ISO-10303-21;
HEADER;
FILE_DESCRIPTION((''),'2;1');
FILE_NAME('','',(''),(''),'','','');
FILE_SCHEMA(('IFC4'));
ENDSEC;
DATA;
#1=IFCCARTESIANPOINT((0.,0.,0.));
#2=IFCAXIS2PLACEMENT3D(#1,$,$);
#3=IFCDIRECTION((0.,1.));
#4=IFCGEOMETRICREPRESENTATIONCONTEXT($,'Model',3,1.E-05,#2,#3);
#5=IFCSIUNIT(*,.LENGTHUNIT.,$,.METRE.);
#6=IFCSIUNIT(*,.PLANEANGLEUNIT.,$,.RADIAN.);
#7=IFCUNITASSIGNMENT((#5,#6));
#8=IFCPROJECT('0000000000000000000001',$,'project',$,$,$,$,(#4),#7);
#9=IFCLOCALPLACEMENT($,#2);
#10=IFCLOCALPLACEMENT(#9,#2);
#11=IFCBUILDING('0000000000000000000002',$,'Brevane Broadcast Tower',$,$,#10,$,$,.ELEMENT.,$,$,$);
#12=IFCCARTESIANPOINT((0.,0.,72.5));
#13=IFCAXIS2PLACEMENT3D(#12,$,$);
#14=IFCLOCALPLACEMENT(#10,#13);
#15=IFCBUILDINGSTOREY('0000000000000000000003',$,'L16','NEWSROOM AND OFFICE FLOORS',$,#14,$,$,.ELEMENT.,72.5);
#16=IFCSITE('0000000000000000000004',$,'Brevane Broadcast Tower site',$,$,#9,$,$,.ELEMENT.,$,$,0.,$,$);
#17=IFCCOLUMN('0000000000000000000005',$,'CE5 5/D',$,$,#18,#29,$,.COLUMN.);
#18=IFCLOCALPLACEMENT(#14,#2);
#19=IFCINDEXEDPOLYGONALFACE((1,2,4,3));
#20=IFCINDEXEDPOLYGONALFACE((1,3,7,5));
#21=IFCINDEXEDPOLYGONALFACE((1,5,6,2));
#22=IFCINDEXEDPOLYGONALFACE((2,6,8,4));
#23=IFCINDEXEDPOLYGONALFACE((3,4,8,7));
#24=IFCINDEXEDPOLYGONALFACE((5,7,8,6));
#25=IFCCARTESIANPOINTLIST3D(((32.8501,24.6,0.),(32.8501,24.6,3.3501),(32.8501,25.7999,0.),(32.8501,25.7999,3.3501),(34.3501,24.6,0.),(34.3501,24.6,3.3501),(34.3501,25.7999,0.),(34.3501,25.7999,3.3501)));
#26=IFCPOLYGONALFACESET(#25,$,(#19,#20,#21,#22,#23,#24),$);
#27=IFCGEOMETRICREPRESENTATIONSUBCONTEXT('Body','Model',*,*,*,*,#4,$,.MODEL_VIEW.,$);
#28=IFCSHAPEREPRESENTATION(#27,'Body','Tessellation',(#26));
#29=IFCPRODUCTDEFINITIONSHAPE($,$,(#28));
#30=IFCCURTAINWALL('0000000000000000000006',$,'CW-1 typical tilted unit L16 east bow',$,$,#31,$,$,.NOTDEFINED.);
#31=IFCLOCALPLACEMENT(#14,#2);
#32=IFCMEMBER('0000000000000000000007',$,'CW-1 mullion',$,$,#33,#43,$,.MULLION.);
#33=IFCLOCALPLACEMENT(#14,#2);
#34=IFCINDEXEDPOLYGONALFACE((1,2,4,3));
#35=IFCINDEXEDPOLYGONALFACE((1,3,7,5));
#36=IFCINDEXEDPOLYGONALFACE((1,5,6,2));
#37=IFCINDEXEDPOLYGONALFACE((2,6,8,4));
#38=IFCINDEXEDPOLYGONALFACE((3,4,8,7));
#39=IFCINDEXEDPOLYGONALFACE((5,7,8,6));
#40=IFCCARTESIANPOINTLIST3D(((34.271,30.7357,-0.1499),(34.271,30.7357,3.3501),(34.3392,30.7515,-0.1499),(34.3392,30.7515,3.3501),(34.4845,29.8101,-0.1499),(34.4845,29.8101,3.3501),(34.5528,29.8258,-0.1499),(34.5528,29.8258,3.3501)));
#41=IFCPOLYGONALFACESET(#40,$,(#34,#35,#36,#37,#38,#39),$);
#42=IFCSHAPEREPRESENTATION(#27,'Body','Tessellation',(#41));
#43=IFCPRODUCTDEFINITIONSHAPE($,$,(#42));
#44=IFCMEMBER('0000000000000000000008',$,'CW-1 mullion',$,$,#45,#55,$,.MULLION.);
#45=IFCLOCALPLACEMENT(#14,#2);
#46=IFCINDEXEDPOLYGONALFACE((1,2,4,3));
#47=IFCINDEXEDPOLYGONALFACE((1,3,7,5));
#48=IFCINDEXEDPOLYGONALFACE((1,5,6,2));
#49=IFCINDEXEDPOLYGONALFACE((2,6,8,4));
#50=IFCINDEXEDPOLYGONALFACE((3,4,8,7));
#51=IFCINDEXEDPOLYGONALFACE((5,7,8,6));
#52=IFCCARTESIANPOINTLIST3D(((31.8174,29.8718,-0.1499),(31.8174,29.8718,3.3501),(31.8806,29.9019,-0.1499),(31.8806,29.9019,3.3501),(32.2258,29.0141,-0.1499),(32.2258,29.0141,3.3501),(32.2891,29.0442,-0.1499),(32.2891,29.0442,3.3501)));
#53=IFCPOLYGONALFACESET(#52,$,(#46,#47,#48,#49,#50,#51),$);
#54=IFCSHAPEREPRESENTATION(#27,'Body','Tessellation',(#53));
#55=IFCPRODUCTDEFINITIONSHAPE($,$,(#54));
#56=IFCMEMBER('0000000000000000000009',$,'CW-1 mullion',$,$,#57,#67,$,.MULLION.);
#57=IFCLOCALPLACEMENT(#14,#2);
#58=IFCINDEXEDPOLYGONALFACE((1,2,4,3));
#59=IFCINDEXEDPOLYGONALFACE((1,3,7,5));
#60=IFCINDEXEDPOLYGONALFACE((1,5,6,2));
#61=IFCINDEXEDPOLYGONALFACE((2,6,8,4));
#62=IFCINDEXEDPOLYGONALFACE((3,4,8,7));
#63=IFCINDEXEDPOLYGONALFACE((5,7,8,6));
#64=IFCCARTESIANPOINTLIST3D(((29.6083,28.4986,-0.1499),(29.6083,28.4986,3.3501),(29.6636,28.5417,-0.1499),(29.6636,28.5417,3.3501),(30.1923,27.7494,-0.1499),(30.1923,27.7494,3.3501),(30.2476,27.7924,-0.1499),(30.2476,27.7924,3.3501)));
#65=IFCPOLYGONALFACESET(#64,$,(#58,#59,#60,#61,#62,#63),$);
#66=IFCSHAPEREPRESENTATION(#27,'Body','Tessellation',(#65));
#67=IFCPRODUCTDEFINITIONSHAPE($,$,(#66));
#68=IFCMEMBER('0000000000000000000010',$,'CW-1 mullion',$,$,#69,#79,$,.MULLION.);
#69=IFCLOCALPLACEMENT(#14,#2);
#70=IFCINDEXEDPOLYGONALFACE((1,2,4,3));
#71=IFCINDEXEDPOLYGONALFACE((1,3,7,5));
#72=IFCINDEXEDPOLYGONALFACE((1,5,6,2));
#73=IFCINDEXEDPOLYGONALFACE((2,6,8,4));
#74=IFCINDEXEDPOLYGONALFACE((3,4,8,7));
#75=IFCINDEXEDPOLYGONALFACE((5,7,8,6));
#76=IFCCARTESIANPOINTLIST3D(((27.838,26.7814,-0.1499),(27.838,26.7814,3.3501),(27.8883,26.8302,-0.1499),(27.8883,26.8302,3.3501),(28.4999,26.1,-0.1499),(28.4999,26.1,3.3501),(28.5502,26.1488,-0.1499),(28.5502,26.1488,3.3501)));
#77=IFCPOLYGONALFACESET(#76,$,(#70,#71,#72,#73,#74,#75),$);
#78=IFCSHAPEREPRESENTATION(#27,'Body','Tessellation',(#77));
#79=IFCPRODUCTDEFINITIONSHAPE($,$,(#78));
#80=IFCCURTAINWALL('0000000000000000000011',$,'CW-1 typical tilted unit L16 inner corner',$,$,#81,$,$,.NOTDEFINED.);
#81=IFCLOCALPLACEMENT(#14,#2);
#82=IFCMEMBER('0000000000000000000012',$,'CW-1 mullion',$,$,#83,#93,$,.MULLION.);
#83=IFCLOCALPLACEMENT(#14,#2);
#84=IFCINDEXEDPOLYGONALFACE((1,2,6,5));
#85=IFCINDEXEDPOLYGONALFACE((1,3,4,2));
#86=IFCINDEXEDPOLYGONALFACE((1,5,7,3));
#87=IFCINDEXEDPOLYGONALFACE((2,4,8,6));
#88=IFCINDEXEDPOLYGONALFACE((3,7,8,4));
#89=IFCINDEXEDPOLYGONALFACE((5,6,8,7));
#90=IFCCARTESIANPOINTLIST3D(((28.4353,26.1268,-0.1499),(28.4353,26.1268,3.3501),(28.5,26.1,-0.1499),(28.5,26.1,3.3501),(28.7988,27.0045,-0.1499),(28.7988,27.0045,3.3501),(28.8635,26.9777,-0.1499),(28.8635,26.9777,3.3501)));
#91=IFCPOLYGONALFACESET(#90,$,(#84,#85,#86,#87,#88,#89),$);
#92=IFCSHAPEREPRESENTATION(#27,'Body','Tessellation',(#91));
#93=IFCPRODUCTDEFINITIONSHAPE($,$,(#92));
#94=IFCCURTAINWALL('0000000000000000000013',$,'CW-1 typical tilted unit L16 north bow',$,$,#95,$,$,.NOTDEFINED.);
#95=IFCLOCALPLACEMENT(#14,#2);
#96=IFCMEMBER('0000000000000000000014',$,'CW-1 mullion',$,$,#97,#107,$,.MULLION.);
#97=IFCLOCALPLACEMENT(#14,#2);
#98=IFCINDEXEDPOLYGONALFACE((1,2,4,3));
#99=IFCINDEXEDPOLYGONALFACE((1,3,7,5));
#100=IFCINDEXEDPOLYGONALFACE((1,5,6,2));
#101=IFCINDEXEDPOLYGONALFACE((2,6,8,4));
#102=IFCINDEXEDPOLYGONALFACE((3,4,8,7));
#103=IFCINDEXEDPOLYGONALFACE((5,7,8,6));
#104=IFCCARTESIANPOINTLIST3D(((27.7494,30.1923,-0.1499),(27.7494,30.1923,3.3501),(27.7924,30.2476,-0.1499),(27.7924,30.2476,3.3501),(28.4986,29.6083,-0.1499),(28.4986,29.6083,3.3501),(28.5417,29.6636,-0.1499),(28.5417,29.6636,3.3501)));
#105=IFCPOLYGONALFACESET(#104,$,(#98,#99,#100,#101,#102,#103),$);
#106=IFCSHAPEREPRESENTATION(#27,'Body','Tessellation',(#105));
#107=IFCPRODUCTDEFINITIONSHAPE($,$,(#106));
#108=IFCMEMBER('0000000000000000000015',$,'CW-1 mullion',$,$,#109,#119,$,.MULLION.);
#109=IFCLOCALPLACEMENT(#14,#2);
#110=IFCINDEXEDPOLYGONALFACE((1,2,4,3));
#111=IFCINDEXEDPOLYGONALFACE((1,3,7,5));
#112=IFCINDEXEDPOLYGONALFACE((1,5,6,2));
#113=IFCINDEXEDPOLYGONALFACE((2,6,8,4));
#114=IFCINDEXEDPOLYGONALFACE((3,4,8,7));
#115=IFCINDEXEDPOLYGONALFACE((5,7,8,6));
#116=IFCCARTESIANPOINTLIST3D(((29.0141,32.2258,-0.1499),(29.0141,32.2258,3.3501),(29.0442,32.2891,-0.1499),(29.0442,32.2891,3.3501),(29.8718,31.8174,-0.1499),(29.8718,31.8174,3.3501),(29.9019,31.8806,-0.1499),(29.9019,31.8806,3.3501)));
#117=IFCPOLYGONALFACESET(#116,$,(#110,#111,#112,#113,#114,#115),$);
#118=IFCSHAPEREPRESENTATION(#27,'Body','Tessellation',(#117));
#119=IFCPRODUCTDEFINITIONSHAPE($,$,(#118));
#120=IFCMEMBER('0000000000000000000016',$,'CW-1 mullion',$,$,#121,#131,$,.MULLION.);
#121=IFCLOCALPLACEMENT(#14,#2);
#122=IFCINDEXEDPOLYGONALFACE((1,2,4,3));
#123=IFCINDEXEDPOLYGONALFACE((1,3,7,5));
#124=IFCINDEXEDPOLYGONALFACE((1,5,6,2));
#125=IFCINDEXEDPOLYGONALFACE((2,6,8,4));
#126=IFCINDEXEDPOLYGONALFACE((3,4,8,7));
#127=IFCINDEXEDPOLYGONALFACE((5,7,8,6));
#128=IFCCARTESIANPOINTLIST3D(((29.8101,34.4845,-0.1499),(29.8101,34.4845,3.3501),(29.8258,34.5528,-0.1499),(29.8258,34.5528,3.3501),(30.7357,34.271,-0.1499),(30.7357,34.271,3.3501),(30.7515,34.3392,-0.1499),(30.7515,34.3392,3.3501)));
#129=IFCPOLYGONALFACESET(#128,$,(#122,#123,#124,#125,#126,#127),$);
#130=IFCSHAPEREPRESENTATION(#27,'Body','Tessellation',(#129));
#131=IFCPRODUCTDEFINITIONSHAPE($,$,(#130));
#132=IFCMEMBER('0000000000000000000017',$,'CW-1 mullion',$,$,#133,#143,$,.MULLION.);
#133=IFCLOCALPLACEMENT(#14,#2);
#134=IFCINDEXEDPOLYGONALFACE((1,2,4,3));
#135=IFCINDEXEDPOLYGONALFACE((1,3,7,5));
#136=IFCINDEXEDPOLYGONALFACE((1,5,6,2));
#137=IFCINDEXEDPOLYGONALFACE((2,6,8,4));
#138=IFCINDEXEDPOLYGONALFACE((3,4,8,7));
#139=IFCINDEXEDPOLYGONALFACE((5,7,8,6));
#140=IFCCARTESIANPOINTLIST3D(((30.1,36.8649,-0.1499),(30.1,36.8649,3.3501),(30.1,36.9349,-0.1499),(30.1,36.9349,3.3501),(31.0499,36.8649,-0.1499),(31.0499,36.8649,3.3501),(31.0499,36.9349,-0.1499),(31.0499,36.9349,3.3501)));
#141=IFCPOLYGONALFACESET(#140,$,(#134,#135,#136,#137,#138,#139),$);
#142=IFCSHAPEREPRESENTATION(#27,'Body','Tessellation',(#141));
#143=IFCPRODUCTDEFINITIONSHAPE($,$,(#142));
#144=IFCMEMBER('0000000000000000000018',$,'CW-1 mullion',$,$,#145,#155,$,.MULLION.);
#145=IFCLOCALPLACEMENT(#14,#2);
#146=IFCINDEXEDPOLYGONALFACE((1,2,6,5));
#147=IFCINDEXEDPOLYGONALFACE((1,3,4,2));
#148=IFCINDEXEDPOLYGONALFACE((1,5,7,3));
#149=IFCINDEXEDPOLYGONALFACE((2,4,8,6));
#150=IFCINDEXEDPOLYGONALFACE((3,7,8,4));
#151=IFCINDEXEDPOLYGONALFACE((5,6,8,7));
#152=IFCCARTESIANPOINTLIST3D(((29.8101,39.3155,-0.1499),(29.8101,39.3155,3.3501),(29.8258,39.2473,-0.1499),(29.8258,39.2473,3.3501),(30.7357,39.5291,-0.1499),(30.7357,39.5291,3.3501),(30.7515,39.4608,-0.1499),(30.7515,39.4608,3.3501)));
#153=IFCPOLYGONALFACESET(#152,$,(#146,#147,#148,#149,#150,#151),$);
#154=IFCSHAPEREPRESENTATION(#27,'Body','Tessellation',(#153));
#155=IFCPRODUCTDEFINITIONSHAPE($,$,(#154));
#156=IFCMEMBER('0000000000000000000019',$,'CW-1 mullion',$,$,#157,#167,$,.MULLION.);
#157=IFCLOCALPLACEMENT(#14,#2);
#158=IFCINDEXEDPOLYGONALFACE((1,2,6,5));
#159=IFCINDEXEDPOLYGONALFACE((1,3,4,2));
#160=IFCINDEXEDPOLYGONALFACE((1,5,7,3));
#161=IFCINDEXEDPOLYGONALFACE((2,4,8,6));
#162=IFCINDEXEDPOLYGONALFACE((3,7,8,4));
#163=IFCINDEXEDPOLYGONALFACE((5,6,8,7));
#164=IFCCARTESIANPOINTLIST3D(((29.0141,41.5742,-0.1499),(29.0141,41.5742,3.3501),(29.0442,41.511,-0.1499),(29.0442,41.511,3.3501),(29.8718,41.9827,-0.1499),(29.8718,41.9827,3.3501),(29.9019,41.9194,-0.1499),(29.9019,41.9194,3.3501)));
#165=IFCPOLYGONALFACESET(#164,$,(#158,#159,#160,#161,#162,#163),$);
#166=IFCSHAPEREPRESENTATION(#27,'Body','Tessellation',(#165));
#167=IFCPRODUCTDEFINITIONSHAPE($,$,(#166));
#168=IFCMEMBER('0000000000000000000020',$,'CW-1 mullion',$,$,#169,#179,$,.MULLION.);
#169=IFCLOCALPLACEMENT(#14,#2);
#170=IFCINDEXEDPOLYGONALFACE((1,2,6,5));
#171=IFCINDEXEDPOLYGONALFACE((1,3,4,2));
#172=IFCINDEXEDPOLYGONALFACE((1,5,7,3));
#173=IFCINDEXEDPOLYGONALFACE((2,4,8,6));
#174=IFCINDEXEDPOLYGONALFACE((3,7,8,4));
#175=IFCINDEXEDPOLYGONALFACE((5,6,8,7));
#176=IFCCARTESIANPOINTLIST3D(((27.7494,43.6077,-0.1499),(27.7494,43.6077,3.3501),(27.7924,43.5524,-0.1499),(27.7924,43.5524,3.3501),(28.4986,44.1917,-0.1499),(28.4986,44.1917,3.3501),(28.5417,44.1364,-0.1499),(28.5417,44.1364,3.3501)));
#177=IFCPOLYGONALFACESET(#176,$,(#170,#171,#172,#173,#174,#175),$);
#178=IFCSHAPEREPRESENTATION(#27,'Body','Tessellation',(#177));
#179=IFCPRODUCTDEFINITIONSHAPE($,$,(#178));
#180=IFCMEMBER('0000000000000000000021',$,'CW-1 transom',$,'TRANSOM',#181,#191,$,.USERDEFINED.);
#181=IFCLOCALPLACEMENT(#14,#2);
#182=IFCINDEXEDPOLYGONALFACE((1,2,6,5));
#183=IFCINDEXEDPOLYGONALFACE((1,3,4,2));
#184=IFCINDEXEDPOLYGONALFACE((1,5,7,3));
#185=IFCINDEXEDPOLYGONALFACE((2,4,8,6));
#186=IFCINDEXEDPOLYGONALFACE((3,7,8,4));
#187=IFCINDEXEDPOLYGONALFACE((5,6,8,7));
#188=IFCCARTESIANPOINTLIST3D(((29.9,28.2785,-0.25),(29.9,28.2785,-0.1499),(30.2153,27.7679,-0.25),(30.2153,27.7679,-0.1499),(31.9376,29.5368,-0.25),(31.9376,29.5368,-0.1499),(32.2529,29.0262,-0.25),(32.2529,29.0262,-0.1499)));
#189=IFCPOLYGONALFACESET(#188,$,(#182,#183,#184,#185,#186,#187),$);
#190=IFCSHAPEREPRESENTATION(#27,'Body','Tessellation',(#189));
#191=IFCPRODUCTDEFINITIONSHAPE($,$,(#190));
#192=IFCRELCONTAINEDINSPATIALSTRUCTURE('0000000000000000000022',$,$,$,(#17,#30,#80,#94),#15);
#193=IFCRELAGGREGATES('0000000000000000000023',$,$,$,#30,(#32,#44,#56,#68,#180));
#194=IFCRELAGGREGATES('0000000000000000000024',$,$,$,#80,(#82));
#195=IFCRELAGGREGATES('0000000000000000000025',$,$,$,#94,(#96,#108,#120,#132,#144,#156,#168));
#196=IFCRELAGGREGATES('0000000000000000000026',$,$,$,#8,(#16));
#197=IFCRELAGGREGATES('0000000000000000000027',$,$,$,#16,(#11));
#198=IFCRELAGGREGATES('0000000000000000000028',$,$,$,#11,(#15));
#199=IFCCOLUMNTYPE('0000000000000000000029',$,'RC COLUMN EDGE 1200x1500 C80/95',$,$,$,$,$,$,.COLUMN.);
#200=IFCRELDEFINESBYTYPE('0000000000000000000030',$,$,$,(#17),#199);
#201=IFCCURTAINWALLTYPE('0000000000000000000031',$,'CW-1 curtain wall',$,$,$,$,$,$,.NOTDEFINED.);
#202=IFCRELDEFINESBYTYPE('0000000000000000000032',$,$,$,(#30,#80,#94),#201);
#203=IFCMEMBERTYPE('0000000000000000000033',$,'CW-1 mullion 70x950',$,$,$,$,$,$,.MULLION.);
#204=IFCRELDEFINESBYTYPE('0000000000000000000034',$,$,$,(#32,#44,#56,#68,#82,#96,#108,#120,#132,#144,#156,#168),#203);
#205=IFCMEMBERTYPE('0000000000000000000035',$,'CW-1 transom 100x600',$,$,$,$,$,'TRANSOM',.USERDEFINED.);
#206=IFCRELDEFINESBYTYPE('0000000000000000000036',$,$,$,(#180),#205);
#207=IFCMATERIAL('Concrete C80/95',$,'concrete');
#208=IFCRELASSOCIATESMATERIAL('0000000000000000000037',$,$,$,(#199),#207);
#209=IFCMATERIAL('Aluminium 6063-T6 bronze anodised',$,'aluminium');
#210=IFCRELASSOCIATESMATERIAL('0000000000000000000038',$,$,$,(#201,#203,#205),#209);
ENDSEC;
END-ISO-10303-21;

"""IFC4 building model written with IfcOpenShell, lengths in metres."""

from ifc_helpers import new_model, si_unit, direction, frame, origin, origin_2d, place, context, subcontext, project, spatial, rectangle, extrude, material, material_profile, profile_set, type_object, element, aggregate, save


model = new_model("IFC4")

# Units and contexts
model_context = context("Model", 3, precision=1e-05, world=origin(), true_north=direction((0.0, 1.0)))
body_context = subcontext(model_context, "Body", "Model", "MODEL_VIEW")
ifc_project = project(units=[si_unit("LENGTHUNIT", "METRE"), si_unit("PLANEANGLEUNIT", "RADIAN")], contexts=[model_context])

# Site, building, storey
site_placement = place(None, origin())
site = spatial("IfcSite", under=ifc_project, at=site_placement, Name="Brevane Broadcast Tower site", CompositionType="ELEMENT", RefElevation=0.0)
building_placement = place(site_placement, origin())
building = spatial("IfcBuilding", under=site, at=building_placement, Name="Brevane Broadcast Tower", CompositionType="ELEMENT")
storey_placement = place(building_placement, frame((0.0, 0.0, 72.5)))
storey = spatial("IfcBuildingStorey", under=building, at=storey_placement, Name="L16", Description="NEWSROOM AND OFFICE FLOORS", CompositionType="ELEMENT", Elevation=72.5)

# Column
ifc_material_1 = material(Name="Concrete C80/95", Category="concrete")
ifc_material_profile_1 = material_profile(ifc_material_1, rectangle(XDim=1.2, YDim=1.5, at=origin_2d()), Name="RC 1200x1500")
ifc_profile_set_1 = profile_set([ifc_material_profile_1], Name="Concrete C80/95")
column_type = type_object("IfcColumnType", Name="RC COLUMN EDGE 1200x1500 C80/95", PredefinedType="COLUMN", material=ifc_profile_set_1)
column_placement = place(storey_placement, frame((33.6001, 25.2, 0.0), z_axis=(0.0, 0.0, 1.0), x_axis=(0.0, 1.0, 0.0)))
element("IfcColumn", 1, at=column_placement, inside=storey, type_object=column_type, Name="CE5 5/D", PredefinedType="COLUMN", context=body_context, shape_type="SweptSolid", body=[
    extrude(rectangle(XDim=1.2, YDim=1.5, at=origin_2d()), origin(), (0.0, 0.0, 1.0), 3.3501),
])

# Curtain wall, members
ifc_material_2 = material(Name="Aluminium 6063-T6 bronze anodised", Category="aluminium")
curtain_wall_type = type_object("IfcCurtainWallType", Name="CW-1 curtain wall", PredefinedType="NOTDEFINED", material=ifc_material_2)
curtain_wall_1_placement = place(storey_placement, origin())
curtain_wall_1 = element("IfcCurtainWall", 2, at=curtain_wall_1_placement, inside=storey, type_object=curtain_wall_type, Name="CW-1 typical tilted unit L16 east bow", PredefinedType="NOTDEFINED")
ifc_material_profile_2 = material_profile(ifc_material_2, rectangle(XDim=0.95, YDim=0.0701, at=origin_2d()), Name="RECT 70x950")
ifc_profile_set_2 = profile_set([ifc_material_profile_2], Name="Aluminium 6063-T6 bronze anodised")
member_type_1 = type_object("IfcMemberType", Name="CW-1 mullion 70x950", PredefinedType="MULLION", material=ifc_profile_set_2)
member_1_placement = place(storey_placement, frame((34.4119, 30.2808, -0.1499), z_axis=(0.0, 0.0, 1.0), x_axis=(0.224806, -0.974403, 0.0)))
member_1 = element("IfcMember", 3, at=member_1_placement, type_object=member_type_1, Name="CW-1 mullion", PredefinedType="MULLION", context=body_context, shape_type="SweptSolid", body=[
    extrude(rectangle(XDim=0.95, YDim=0.0701, at=origin_2d()), origin(), (0.0, 0.0, 1.0), 3.5),
])
member_2_placement = place(storey_placement, frame((32.0532, 29.458, -0.1499), z_axis=(0.0, 0.0, 1.0), x_axis=(0.429934, -0.902861, 0.0)))
member_2 = element("IfcMember", 4, at=member_2_placement, type_object=member_type_1, Name="CW-1 mullion", PredefinedType="MULLION", context=body_context, shape_type="SweptSolid", body=[
    extrude(rectangle(XDim=0.95, YDim=0.0701, at=origin_2d()), origin(), (0.0, 0.0, 1.0), 3.5),
])
member_3_placement = place(storey_placement, frame((29.928, 28.1455, -0.1499), z_axis=(0.0, 0.0, 1.0), x_axis=(0.61477, -0.788707, 0.0)))
member_3 = element("IfcMember", 5, at=member_3_placement, type_object=member_type_1, Name="CW-1 mullion", PredefinedType="MULLION", context=body_context, shape_type="SweptSolid", body=[
    extrude(rectangle(XDim=0.95, YDim=0.0701, at=origin_2d()), origin(), (0.0, 0.0, 1.0), 3.5),
])
member_4_placement = place(storey_placement, frame((28.1941, 26.4651, -0.1499), z_axis=(0.0, 0.0, 1.0), x_axis=(0.696812, -0.717254, 0.0)))
member_4 = element("IfcMember", 6, at=member_4_placement, type_object=member_type_1, Name="CW-1 mullion", PredefinedType="MULLION", context=body_context, shape_type="SweptSolid", body=[
    extrude(rectangle(XDim=0.95, YDim=0.0701, at=origin_2d()), origin(), (0.0, 0.0, 1.0), 3.5),
])

# Curtain wall, member
curtain_wall_2_placement = place(storey_placement, origin())
curtain_wall_2 = element("IfcCurtainWall", 7, at=curtain_wall_2_placement, inside=storey, type_object=curtain_wall_type, Name="CW-1 typical tilted unit L16 inner corner", PredefinedType="NOTDEFINED")
member_5_placement = place(storey_placement, frame((28.6494, 26.5522, -0.1499), z_axis=(0.0, 0.0, 1.0), x_axis=(-0.382684, -0.923879, 0.0)))
member_5 = element("IfcMember", 8, at=member_5_placement, type_object=member_type_1, Name="CW-1 mullion", PredefinedType="MULLION", context=body_context, shape_type="SweptSolid", body=[
    extrude(rectangle(XDim=0.95, YDim=0.0701, at=origin_2d()), origin(), (0.0, 0.0, 1.0), 3.5),
])

# Curtain wall, members
curtain_wall_3_placement = place(storey_placement, origin())
curtain_wall_3 = element("IfcCurtainWall", 9, at=curtain_wall_3_placement, inside=storey, type_object=curtain_wall_type, Name="CW-1 typical tilted unit L16 north bow", PredefinedType="NOTDEFINED")
member_6_placement = place(storey_placement, frame((28.1455, 29.928, -0.1499), z_axis=(0.0, 0.0, 1.0), x_axis=(-0.788707, 0.61477, 0.0)))
member_6 = element("IfcMember", 10, at=member_6_placement, type_object=member_type_1, Name="CW-1 mullion", PredefinedType="MULLION", context=body_context, shape_type="SweptSolid", body=[
    extrude(rectangle(XDim=0.95, YDim=0.0701, at=origin_2d()), origin(), (0.0, 0.0, 1.0), 3.5),
])
member_7_placement = place(storey_placement, frame((29.458, 32.0532, -0.1499), z_axis=(0.0, 0.0, 1.0), x_axis=(-0.902861, 0.429934, 0.0)))
member_7 = element("IfcMember", 11, at=member_7_placement, type_object=member_type_1, Name="CW-1 mullion", PredefinedType="MULLION", context=body_context, shape_type="SweptSolid", body=[
    extrude(rectangle(XDim=0.95, YDim=0.0701, at=origin_2d()), origin(), (0.0, 0.0, 1.0), 3.5),
])
member_8_placement = place(storey_placement, frame((30.2808, 34.4119, -0.1499), z_axis=(0.0, 0.0, 1.0), x_axis=(-0.974403, 0.224806, 0.0)))
member_8 = element("IfcMember", 12, at=member_8_placement, type_object=member_type_1, Name="CW-1 mullion", PredefinedType="MULLION", context=body_context, shape_type="SweptSolid", body=[
    extrude(rectangle(XDim=0.95, YDim=0.0701, at=origin_2d()), origin(), (0.0, 0.0, 1.0), 3.5),
])
member_9_placement = place(storey_placement, frame((30.575, 36.8999, -0.1499), z_axis=(0.0, 0.0, 1.0), x_axis=(-1.0, 0.0, 0.0)))
member_9 = element("IfcMember", 13, at=member_9_placement, type_object=member_type_1, Name="CW-1 mullion", PredefinedType="MULLION", context=body_context, shape_type="SweptSolid", body=[
    extrude(rectangle(XDim=0.95, YDim=0.0701, at=origin_2d()), origin(), (0.0, 0.0, 1.0), 3.5),
])
member_10_placement = place(storey_placement, frame((30.2808, 39.3882, -0.1499), z_axis=(0.0, 0.0, 1.0), x_axis=(-0.974403, -0.224806, 0.0)))
member_10 = element("IfcMember", 14, at=member_10_placement, type_object=member_type_1, Name="CW-1 mullion", PredefinedType="MULLION", context=body_context, shape_type="SweptSolid", body=[
    extrude(rectangle(XDim=0.95, YDim=0.0701, at=origin_2d()), origin(), (0.0, 0.0, 1.0), 3.5),
])
member_11_placement = place(storey_placement, frame((29.458, 41.7468, -0.1499), z_axis=(0.0, 0.0, 1.0), x_axis=(-0.902861, -0.429934, 0.0)))
member_11 = element("IfcMember", 15, at=member_11_placement, type_object=member_type_1, Name="CW-1 mullion", PredefinedType="MULLION", context=body_context, shape_type="SweptSolid", body=[
    extrude(rectangle(XDim=0.95, YDim=0.0701, at=origin_2d()), origin(), (0.0, 0.0, 1.0), 3.5),
])
member_12_placement = place(storey_placement, frame((28.1455, 43.8721, -0.1499), z_axis=(0.0, 0.0, 1.0), x_axis=(-0.788707, -0.61477, 0.0)))
member_12 = element("IfcMember", 16, at=member_12_placement, type_object=member_type_1, Name="CW-1 mullion", PredefinedType="MULLION", context=body_context, shape_type="SweptSolid", body=[
    extrude(rectangle(XDim=0.95, YDim=0.0701, at=origin_2d()), origin(), (0.0, 0.0, 1.0), 3.5),
])

# Member
ifc_material_profile_3 = material_profile(ifc_material_2, rectangle(XDim=0.6001, YDim=0.1001, at=origin_2d()), Name="RECT 100x600")
ifc_profile_set_3 = profile_set([ifc_material_profile_3], Name="Aluminium 6063-T6 bronze anodised")
member_type_2 = type_object("IfcMemberType", Name="CW-1 transom 100x600", ElementType="TRANSOM", PredefinedType="USERDEFINED", material=ifc_profile_set_3)
member_13_placement = place(storey_placement, frame((32.0952, 29.2815, -0.2), z_axis=(-0.850838, -0.525428, 0.0), x_axis=(0.525428, -0.850838, 0.0)))
member_13 = element("IfcMember", 17, at=member_13_placement, type_object=member_type_2, Name="CW-1 transom", ObjectType="TRANSOM", PredefinedType="USERDEFINED", context=body_context, shape_type="SweptSolid", body=[
    extrude(rectangle(XDim=0.6001, YDim=0.1001, at=origin_2d()), origin(), (0.0, 0.0, 1.0), 2.3948),
])
aggregate(curtain_wall_1, [member_1, member_2, member_3, member_4, member_13])
aggregate(curtain_wall_2, [member_5])
aggregate(curtain_wall_3, [member_6, member_7, member_8, member_9, member_10, member_11, member_12])

save(model, "model.ifc")
